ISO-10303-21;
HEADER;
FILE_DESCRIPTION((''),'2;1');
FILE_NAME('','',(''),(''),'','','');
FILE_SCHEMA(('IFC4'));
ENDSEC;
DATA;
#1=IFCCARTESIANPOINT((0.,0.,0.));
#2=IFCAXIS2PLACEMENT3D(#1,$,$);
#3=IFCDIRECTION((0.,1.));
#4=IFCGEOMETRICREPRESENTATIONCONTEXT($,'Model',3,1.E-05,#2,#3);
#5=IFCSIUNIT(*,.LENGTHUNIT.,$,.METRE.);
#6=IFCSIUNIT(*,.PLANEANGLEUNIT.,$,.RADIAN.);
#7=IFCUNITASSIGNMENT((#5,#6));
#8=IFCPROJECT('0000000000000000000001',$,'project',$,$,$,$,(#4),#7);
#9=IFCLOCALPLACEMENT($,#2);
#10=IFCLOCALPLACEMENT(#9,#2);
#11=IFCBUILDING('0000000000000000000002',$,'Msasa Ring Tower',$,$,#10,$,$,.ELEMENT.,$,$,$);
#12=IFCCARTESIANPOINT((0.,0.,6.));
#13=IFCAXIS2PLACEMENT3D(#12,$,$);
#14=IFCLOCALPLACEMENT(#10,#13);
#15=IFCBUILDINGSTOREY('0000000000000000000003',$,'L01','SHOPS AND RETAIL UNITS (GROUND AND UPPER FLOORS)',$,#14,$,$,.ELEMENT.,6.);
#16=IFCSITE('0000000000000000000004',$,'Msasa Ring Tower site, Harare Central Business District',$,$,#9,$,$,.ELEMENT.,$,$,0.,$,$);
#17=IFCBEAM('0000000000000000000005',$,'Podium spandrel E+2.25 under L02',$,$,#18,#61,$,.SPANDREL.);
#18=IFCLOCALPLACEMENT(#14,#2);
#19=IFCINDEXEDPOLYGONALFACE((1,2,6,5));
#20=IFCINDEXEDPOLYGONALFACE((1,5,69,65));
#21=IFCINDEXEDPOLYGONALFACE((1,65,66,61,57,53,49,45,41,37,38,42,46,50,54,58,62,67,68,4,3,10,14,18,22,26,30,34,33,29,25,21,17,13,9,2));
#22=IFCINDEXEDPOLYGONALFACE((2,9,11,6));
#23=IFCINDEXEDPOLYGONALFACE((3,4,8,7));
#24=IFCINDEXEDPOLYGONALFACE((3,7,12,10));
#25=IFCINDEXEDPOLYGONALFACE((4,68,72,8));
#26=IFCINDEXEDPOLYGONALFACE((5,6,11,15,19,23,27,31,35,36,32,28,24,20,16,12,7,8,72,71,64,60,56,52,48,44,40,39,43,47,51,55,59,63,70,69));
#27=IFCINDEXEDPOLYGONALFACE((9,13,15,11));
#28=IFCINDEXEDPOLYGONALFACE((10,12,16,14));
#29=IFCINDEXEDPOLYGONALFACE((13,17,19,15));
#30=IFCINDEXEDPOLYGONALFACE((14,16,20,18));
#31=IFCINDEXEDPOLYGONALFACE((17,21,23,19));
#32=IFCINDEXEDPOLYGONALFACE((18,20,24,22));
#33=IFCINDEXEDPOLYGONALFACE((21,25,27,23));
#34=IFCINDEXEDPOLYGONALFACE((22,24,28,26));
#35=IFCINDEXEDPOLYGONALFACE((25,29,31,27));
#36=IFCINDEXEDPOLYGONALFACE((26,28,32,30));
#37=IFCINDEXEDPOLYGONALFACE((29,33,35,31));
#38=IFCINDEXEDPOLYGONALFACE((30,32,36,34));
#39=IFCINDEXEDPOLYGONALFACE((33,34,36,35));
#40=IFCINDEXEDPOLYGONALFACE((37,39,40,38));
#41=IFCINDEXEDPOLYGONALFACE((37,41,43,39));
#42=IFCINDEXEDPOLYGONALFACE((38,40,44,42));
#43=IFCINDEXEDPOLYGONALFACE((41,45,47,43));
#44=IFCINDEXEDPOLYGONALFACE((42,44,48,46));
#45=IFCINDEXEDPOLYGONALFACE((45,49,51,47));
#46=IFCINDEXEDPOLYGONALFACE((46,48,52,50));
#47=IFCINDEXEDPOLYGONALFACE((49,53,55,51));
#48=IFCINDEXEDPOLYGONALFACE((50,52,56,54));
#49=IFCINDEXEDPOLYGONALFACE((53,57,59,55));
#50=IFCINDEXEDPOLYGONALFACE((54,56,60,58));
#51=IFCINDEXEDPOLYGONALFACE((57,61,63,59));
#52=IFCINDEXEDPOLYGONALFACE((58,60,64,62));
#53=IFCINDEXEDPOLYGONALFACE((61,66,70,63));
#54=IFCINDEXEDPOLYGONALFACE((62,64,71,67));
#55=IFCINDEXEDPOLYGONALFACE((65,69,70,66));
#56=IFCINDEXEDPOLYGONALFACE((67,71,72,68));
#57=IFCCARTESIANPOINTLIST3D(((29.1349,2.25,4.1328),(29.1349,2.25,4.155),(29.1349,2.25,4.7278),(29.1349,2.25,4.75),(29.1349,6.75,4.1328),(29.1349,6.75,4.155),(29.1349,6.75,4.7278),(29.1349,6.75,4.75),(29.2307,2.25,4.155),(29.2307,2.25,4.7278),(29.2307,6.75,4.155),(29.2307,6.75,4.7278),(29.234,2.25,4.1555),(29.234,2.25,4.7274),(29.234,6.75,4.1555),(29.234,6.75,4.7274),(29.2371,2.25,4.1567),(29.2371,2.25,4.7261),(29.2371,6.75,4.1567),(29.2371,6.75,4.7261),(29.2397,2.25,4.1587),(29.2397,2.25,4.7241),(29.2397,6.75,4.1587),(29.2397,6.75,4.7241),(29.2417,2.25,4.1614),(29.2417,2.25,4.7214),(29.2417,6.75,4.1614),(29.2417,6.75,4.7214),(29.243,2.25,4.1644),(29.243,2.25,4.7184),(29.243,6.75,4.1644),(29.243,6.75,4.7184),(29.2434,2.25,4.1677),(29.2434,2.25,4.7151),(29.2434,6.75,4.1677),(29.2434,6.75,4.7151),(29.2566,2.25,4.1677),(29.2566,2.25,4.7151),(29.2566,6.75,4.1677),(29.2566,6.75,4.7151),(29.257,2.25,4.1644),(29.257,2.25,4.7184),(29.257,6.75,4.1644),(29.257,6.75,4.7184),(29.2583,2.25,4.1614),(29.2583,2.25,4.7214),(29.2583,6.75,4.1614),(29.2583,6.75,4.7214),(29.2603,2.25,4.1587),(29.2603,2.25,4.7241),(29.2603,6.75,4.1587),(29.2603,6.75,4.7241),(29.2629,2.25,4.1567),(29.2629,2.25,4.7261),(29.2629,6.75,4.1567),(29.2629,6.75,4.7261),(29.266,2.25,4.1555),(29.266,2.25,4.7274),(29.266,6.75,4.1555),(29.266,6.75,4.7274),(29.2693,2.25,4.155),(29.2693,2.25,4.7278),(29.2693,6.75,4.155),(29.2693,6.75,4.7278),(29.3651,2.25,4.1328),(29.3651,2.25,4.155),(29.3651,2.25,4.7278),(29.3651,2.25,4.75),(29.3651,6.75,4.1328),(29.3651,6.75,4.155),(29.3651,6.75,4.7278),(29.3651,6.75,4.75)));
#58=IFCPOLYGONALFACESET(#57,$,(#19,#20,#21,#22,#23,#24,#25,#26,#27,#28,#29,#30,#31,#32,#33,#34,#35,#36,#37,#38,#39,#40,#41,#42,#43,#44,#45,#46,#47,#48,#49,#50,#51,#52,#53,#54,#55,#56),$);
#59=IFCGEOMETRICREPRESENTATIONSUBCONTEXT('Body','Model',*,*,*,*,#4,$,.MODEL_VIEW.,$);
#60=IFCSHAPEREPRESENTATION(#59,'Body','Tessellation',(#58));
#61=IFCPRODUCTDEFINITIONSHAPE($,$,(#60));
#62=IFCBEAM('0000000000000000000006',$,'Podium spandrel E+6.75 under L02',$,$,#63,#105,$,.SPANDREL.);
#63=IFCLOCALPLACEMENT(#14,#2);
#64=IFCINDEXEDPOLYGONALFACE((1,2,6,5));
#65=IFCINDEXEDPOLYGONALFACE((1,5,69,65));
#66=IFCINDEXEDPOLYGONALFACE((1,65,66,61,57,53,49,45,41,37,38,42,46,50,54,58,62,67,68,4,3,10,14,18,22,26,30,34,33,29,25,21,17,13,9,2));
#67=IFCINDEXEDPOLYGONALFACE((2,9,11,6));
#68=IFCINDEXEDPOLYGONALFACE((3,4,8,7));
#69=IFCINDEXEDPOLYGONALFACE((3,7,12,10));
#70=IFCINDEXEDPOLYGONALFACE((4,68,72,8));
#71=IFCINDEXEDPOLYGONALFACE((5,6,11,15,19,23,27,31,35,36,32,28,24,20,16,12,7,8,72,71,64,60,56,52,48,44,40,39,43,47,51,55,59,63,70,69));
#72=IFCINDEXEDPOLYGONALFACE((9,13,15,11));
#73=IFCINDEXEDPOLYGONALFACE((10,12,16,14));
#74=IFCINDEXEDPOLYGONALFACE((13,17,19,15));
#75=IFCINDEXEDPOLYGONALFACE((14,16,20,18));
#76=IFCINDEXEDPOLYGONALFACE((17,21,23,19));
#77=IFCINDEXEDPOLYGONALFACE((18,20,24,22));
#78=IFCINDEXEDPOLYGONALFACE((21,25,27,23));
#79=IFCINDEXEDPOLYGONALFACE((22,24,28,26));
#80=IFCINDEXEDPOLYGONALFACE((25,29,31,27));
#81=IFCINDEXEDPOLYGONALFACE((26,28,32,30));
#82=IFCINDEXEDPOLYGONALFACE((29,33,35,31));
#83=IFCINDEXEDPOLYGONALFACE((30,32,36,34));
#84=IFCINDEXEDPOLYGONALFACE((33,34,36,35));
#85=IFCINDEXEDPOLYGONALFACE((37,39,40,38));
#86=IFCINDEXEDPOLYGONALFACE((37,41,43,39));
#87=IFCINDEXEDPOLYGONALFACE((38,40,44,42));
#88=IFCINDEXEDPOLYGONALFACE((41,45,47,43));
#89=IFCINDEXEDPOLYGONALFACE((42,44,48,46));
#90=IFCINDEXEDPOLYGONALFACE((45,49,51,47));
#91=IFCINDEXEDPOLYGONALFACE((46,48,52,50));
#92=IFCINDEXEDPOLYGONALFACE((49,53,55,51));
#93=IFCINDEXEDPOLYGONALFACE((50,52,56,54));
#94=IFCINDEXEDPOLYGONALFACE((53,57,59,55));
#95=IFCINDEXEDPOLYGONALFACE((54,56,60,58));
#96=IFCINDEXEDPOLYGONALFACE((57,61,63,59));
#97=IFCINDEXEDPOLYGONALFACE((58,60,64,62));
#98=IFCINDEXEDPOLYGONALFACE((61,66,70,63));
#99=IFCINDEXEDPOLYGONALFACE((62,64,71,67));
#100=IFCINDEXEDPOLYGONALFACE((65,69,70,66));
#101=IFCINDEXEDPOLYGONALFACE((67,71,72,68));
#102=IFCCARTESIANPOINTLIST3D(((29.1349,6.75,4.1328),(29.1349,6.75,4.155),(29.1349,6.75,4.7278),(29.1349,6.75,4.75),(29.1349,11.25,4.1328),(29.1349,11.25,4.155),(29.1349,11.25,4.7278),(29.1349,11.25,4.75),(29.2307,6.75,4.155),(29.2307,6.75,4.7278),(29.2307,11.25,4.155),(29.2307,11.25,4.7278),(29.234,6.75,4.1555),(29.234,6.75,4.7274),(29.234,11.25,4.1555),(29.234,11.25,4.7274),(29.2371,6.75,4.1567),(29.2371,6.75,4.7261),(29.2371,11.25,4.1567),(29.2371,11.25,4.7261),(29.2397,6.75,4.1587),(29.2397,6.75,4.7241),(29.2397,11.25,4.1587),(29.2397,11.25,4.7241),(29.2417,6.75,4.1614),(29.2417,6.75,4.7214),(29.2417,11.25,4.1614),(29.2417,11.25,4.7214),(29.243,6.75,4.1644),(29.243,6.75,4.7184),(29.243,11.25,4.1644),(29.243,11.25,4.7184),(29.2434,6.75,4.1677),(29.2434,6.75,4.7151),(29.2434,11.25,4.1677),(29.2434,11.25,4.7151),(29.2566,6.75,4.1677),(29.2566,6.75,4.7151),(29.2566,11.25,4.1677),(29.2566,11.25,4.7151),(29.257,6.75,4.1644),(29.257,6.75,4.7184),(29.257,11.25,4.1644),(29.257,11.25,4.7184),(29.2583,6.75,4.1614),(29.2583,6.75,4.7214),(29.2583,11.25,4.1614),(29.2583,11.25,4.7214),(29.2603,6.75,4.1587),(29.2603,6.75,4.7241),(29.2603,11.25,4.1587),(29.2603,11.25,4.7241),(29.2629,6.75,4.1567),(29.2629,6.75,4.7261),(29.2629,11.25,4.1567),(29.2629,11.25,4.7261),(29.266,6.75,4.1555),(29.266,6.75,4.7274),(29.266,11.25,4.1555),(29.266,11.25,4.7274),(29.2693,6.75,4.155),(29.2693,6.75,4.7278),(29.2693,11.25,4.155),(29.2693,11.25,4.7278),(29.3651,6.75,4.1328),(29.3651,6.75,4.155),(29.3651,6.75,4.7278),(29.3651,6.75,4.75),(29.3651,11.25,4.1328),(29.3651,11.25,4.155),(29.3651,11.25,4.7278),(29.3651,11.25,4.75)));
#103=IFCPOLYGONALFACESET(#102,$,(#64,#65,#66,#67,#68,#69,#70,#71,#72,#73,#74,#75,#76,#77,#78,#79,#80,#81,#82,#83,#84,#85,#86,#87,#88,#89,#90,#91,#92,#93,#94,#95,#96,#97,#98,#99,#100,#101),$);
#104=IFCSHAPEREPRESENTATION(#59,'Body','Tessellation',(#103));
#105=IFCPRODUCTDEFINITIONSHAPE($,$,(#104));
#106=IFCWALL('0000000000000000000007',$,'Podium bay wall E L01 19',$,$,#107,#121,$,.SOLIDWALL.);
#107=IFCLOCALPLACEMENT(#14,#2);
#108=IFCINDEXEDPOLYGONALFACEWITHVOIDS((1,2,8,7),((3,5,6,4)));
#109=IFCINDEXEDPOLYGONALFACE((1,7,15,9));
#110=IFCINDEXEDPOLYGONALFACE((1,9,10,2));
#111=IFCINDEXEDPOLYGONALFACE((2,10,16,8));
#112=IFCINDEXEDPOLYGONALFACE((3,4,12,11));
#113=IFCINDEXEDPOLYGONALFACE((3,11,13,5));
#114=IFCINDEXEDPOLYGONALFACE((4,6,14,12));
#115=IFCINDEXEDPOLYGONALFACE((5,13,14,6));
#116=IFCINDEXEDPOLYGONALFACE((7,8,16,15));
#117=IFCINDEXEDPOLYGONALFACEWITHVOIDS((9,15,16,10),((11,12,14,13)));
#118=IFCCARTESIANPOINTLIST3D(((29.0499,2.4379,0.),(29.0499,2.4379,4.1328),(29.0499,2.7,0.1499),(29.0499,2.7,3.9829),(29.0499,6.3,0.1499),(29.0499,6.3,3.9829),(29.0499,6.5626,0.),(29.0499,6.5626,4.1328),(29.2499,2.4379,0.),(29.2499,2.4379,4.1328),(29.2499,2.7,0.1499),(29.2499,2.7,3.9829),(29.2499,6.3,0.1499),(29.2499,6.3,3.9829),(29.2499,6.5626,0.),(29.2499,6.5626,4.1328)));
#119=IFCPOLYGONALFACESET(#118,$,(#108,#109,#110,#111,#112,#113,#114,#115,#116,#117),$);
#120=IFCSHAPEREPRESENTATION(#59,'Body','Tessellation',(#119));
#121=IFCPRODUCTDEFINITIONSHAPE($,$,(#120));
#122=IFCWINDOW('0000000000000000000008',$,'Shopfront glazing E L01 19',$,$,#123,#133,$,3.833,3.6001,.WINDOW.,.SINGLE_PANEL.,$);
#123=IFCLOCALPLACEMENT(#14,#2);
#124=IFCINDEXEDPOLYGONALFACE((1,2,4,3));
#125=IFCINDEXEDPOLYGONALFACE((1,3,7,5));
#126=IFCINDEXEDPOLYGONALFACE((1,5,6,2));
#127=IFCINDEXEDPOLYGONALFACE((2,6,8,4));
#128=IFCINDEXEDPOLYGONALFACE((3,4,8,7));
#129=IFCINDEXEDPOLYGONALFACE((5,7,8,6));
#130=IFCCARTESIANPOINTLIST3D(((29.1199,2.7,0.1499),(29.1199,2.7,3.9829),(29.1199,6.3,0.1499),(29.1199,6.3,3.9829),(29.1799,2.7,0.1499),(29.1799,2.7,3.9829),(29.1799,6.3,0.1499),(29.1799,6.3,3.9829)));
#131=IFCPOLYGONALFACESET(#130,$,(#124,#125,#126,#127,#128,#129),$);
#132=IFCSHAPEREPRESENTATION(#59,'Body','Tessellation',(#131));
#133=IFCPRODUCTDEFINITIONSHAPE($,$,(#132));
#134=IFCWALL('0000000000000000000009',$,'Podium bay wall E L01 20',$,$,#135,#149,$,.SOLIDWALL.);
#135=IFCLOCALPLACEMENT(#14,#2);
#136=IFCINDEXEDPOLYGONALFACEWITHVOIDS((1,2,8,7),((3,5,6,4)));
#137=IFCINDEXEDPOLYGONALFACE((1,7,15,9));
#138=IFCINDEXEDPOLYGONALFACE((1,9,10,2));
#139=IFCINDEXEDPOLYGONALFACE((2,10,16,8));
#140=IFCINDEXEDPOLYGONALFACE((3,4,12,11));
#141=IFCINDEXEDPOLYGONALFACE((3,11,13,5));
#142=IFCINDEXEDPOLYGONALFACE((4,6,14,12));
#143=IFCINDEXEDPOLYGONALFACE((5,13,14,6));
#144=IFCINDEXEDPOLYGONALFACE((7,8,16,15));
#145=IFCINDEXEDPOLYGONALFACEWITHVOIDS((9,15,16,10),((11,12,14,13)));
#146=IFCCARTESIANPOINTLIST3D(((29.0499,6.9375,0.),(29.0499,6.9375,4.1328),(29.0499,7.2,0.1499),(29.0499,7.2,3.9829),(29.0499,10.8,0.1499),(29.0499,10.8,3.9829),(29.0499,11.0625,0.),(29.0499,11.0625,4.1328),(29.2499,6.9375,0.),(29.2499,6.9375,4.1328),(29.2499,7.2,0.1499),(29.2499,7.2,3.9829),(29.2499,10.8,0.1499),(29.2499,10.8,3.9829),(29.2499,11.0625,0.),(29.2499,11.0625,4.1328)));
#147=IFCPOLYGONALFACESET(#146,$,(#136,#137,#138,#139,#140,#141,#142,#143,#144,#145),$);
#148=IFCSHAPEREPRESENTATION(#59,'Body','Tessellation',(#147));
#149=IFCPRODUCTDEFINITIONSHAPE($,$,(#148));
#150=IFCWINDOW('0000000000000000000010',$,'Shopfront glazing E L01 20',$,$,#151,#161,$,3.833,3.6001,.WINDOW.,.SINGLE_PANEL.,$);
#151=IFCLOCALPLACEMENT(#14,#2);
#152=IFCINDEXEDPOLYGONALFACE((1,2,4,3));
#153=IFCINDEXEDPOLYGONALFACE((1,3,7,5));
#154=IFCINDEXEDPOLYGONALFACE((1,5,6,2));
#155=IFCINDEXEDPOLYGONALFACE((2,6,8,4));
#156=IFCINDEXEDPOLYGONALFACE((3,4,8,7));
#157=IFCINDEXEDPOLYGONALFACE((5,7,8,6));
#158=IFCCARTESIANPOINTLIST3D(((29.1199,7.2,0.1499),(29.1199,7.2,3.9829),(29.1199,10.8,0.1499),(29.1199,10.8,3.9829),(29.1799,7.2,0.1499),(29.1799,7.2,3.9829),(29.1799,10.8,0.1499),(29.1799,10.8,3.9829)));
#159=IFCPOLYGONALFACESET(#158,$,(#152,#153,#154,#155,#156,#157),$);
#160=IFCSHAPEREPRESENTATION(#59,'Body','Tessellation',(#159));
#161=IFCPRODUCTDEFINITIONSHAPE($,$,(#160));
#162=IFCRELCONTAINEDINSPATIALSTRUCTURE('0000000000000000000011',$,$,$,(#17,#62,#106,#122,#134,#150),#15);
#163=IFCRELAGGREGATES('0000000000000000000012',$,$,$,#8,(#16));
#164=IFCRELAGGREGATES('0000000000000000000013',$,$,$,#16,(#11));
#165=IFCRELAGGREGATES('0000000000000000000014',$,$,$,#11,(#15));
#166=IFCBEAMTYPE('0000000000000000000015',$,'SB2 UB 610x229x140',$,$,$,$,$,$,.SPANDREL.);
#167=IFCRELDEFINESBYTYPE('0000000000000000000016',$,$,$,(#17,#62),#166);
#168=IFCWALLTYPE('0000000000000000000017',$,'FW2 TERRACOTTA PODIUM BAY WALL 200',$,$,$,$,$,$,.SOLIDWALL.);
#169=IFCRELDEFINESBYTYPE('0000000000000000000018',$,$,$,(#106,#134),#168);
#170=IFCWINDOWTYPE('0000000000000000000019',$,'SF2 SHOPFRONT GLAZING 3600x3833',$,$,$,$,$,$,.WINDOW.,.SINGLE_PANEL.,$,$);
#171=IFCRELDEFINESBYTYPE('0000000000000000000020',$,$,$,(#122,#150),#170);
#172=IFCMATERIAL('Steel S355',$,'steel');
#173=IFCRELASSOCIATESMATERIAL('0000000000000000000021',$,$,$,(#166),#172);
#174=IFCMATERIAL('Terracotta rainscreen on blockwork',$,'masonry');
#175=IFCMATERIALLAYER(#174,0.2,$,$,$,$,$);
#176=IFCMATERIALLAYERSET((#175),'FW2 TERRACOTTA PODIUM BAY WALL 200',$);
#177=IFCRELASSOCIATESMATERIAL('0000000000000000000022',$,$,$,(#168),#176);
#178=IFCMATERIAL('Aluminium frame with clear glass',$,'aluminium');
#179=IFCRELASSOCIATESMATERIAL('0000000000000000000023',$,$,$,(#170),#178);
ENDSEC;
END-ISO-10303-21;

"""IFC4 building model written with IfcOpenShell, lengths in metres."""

from ifc_helpers import new_model, si_unit, direction, frame, frame_2d, origin, origin_2d, place, context, subcontext, project, spatial, rectangle, i_section, extrude, material, layer, layer_set, material_profile, profile_set, type_object, element, fill, save


model = new_model("IFC4")

# Units and contexts
model_context = context("Model", 3, precision=1e-05, world=origin(), true_north=direction((0.0, 1.0)))
body_context = subcontext(model_context, "Body", "Model", "MODEL_VIEW")
ifc_project = project(units=[si_unit("LENGTHUNIT", "METRE"), si_unit("PLANEANGLEUNIT", "RADIAN")], contexts=[model_context])

# Site, building, storey
site_placement = place(None, origin())
site = spatial("IfcSite", under=ifc_project, at=site_placement, Name="Msasa Ring Tower site, Harare Central Business District", CompositionType="ELEMENT", RefElevation=0.0)
building_placement = place(site_placement, origin())
building = spatial("IfcBuilding", under=site, at=building_placement, Name="Msasa Ring Tower", CompositionType="ELEMENT")
storey_placement = place(building_placement, frame((0.0, 0.0, 6.0)))
storey = spatial("IfcBuildingStorey", under=building, at=storey_placement, Name="L01", Description="SHOPS AND RETAIL UNITS (GROUND AND UPPER FLOORS)", CompositionType="ELEMENT", Elevation=6.0)

# Beams
ifc_material_1 = material(Name="Steel S355", Category="steel")
ifc_material_profile_1 = material_profile(ifc_material_1, i_section(OverallWidth=0.2302, OverallDepth=0.6172, WebThickness=0.0132, FlangeThickness=0.0222, FilletRadius=0.0127, at=origin_2d()), Name="UB 610x229x140")
ifc_profile_set_1 = profile_set([ifc_material_profile_1], Name="Steel S355")
beam_type_1 = type_object("IfcBeamType", Name="SB2 UB 610x229x140", PredefinedType="SPANDREL", material=ifc_profile_set_1)
for number, where, z_axis, x_axis, name in (
    (1, (29.25, 2.25, 4.4414), (0.0, 1.0, 0.0), (-1.0, 0.0, 0.0), "Podium spandrel E+2.25 under L02"),
    (2, (29.25, 6.75, 4.4414), (0.0, 1.0, 0.0), (-1.0, 0.0, 0.0), "Podium spandrel E+6.75 under L02"),
):
    element("IfcBeam", number, at=place(storey_placement, frame(where, z_axis=z_axis, x_axis=x_axis)), inside=storey, type_object=beam_type_1, Name=name, PredefinedType="SPANDREL", context=body_context, shape_type="SweptSolid", body=[
        extrude(i_section(OverallWidth=0.2302, OverallDepth=0.6172, WebThickness=0.0132, FlangeThickness=0.0222, FilletRadius=0.0127, at=origin_2d()), origin(), (0.0, 0.0, 1.0), 4.5),
    ])

# Walls, openings, windows
ifc_material_2 = material(Name="Terracotta rainscreen on blockwork", Category="masonry")
ifc_layer_1 = layer(ifc_material_2, 0.2)
ifc_layer_set_1 = layer_set([ifc_layer_1], Name="FW2 TERRACOTTA PODIUM BAY WALL 200")
wall_type_1 = type_object("IfcWallType", Name="FW2 TERRACOTTA PODIUM BAY WALL 200", PredefinedType="SOLIDWALL", material=ifc_layer_set_1)
wall_1_placement = place(storey_placement, frame((29.1499, 2.4377, 0.0), z_axis=(0.0, 0.0, 1.0), x_axis=(0.0, 1.0, 0.0)))
wall_1 = element("IfcWall", 3, at=wall_1_placement, inside=storey, type_object=wall_type_1, Name="Podium bay wall E L01 19", PredefinedType="SOLIDWALL", context=body_context, shape_type="SweptSolid", body=[
    extrude(rectangle(XDim=4.1248, YDim=0.2, at=frame_2d((2.0625, 0.0))), origin(), (0.0, 0.0, 1.0), 4.1328),
])
opening_1_placement = place(wall_1_placement, frame((0.2622, 0.0, 0.1499)))
opening_1 = element("IfcOpeningElement", 4, at=opening_1_placement, cuts=wall_1, PredefinedType="OPENING", context=body_context, shape_type="SweptSolid", body=[
    extrude(rectangle(XDim=3.6001, YDim=3.833, at=frame_2d((1.8, 1.9165))), frame((0.0, 0.1099, 0.0), z_axis=(0.0, -1.0, 0.0), x_axis=(1.0, 0.0, 0.0)), (0.0, 0.0, 1.0), 0.22),
])
ifc_material_3 = material(Name="Aluminium frame with clear glass", Category="aluminium")
window_type = type_object("IfcWindowType", Name="SF2 SHOPFRONT GLAZING 3600x3833", PartitioningType="SINGLE_PANEL", PredefinedType="WINDOW", material=ifc_material_3)
window_1_placement = place(opening_1_placement, origin())
window_1 = element("IfcWindow", 5, at=window_1_placement, inside=storey, type_object=window_type, Name="Shopfront glazing E L01 19", OverallHeight=3.833, OverallWidth=3.6001, PartitioningType="SINGLE_PANEL", PredefinedType="WINDOW", context=body_context, shape_type="SweptSolid", body=[
    extrude(rectangle(XDim=3.6001, YDim=3.833, at=frame_2d((1.8, 1.9165))), frame((0.0, 0.03, 0.0), z_axis=(0.0, -1.0, 0.0), x_axis=(1.0, 0.0, 0.0)), (0.0, 0.0, 1.0), 0.0601),
])
fill(opening_1, window_1)
wall_2_placement = place(storey_placement, frame((29.1499, 6.9375, 0.0), z_axis=(0.0, 0.0, 1.0), x_axis=(0.0, 1.0, 0.0)))
wall_2 = element("IfcWall", 6, at=wall_2_placement, inside=storey, type_object=wall_type_1, Name="Podium bay wall E L01 20", PredefinedType="SOLIDWALL", context=body_context, shape_type="SweptSolid", body=[
    extrude(rectangle(XDim=4.125, YDim=0.2, at=frame_2d((2.0625, 0.0))), origin(), (0.0, 0.0, 1.0), 4.1328),
])
opening_2_placement = place(wall_2_placement, frame((0.2625, 0.0, 0.1499)))
opening_2 = element("IfcOpeningElement", 7, at=opening_2_placement, cuts=wall_2, PredefinedType="OPENING", context=body_context, shape_type="SweptSolid", body=[
    extrude(rectangle(XDim=3.6001, YDim=3.833, at=frame_2d((1.8, 1.9165))), frame((0.0, 0.1099, 0.0), z_axis=(0.0, -1.0, 0.0), x_axis=(1.0, 0.0, 0.0)), (0.0, 0.0, 1.0), 0.22),
])
window_2_placement = place(opening_2_placement, origin())
window_2 = element("IfcWindow", 8, at=window_2_placement, inside=storey, type_object=window_type, Name="Shopfront glazing E L01 20", OverallHeight=3.833, OverallWidth=3.6001, PartitioningType="SINGLE_PANEL", PredefinedType="WINDOW", context=body_context, shape_type="SweptSolid", body=[
    extrude(rectangle(XDim=3.6001, YDim=3.833, at=frame_2d((1.8, 1.9165))), frame((0.0, 0.03, 0.0), z_axis=(0.0, -1.0, 0.0), x_axis=(1.0, 0.0, 0.0)), (0.0, 0.0, 1.0), 0.0601),
])
fill(opening_2, window_2)

save(model, "model.ifc")
